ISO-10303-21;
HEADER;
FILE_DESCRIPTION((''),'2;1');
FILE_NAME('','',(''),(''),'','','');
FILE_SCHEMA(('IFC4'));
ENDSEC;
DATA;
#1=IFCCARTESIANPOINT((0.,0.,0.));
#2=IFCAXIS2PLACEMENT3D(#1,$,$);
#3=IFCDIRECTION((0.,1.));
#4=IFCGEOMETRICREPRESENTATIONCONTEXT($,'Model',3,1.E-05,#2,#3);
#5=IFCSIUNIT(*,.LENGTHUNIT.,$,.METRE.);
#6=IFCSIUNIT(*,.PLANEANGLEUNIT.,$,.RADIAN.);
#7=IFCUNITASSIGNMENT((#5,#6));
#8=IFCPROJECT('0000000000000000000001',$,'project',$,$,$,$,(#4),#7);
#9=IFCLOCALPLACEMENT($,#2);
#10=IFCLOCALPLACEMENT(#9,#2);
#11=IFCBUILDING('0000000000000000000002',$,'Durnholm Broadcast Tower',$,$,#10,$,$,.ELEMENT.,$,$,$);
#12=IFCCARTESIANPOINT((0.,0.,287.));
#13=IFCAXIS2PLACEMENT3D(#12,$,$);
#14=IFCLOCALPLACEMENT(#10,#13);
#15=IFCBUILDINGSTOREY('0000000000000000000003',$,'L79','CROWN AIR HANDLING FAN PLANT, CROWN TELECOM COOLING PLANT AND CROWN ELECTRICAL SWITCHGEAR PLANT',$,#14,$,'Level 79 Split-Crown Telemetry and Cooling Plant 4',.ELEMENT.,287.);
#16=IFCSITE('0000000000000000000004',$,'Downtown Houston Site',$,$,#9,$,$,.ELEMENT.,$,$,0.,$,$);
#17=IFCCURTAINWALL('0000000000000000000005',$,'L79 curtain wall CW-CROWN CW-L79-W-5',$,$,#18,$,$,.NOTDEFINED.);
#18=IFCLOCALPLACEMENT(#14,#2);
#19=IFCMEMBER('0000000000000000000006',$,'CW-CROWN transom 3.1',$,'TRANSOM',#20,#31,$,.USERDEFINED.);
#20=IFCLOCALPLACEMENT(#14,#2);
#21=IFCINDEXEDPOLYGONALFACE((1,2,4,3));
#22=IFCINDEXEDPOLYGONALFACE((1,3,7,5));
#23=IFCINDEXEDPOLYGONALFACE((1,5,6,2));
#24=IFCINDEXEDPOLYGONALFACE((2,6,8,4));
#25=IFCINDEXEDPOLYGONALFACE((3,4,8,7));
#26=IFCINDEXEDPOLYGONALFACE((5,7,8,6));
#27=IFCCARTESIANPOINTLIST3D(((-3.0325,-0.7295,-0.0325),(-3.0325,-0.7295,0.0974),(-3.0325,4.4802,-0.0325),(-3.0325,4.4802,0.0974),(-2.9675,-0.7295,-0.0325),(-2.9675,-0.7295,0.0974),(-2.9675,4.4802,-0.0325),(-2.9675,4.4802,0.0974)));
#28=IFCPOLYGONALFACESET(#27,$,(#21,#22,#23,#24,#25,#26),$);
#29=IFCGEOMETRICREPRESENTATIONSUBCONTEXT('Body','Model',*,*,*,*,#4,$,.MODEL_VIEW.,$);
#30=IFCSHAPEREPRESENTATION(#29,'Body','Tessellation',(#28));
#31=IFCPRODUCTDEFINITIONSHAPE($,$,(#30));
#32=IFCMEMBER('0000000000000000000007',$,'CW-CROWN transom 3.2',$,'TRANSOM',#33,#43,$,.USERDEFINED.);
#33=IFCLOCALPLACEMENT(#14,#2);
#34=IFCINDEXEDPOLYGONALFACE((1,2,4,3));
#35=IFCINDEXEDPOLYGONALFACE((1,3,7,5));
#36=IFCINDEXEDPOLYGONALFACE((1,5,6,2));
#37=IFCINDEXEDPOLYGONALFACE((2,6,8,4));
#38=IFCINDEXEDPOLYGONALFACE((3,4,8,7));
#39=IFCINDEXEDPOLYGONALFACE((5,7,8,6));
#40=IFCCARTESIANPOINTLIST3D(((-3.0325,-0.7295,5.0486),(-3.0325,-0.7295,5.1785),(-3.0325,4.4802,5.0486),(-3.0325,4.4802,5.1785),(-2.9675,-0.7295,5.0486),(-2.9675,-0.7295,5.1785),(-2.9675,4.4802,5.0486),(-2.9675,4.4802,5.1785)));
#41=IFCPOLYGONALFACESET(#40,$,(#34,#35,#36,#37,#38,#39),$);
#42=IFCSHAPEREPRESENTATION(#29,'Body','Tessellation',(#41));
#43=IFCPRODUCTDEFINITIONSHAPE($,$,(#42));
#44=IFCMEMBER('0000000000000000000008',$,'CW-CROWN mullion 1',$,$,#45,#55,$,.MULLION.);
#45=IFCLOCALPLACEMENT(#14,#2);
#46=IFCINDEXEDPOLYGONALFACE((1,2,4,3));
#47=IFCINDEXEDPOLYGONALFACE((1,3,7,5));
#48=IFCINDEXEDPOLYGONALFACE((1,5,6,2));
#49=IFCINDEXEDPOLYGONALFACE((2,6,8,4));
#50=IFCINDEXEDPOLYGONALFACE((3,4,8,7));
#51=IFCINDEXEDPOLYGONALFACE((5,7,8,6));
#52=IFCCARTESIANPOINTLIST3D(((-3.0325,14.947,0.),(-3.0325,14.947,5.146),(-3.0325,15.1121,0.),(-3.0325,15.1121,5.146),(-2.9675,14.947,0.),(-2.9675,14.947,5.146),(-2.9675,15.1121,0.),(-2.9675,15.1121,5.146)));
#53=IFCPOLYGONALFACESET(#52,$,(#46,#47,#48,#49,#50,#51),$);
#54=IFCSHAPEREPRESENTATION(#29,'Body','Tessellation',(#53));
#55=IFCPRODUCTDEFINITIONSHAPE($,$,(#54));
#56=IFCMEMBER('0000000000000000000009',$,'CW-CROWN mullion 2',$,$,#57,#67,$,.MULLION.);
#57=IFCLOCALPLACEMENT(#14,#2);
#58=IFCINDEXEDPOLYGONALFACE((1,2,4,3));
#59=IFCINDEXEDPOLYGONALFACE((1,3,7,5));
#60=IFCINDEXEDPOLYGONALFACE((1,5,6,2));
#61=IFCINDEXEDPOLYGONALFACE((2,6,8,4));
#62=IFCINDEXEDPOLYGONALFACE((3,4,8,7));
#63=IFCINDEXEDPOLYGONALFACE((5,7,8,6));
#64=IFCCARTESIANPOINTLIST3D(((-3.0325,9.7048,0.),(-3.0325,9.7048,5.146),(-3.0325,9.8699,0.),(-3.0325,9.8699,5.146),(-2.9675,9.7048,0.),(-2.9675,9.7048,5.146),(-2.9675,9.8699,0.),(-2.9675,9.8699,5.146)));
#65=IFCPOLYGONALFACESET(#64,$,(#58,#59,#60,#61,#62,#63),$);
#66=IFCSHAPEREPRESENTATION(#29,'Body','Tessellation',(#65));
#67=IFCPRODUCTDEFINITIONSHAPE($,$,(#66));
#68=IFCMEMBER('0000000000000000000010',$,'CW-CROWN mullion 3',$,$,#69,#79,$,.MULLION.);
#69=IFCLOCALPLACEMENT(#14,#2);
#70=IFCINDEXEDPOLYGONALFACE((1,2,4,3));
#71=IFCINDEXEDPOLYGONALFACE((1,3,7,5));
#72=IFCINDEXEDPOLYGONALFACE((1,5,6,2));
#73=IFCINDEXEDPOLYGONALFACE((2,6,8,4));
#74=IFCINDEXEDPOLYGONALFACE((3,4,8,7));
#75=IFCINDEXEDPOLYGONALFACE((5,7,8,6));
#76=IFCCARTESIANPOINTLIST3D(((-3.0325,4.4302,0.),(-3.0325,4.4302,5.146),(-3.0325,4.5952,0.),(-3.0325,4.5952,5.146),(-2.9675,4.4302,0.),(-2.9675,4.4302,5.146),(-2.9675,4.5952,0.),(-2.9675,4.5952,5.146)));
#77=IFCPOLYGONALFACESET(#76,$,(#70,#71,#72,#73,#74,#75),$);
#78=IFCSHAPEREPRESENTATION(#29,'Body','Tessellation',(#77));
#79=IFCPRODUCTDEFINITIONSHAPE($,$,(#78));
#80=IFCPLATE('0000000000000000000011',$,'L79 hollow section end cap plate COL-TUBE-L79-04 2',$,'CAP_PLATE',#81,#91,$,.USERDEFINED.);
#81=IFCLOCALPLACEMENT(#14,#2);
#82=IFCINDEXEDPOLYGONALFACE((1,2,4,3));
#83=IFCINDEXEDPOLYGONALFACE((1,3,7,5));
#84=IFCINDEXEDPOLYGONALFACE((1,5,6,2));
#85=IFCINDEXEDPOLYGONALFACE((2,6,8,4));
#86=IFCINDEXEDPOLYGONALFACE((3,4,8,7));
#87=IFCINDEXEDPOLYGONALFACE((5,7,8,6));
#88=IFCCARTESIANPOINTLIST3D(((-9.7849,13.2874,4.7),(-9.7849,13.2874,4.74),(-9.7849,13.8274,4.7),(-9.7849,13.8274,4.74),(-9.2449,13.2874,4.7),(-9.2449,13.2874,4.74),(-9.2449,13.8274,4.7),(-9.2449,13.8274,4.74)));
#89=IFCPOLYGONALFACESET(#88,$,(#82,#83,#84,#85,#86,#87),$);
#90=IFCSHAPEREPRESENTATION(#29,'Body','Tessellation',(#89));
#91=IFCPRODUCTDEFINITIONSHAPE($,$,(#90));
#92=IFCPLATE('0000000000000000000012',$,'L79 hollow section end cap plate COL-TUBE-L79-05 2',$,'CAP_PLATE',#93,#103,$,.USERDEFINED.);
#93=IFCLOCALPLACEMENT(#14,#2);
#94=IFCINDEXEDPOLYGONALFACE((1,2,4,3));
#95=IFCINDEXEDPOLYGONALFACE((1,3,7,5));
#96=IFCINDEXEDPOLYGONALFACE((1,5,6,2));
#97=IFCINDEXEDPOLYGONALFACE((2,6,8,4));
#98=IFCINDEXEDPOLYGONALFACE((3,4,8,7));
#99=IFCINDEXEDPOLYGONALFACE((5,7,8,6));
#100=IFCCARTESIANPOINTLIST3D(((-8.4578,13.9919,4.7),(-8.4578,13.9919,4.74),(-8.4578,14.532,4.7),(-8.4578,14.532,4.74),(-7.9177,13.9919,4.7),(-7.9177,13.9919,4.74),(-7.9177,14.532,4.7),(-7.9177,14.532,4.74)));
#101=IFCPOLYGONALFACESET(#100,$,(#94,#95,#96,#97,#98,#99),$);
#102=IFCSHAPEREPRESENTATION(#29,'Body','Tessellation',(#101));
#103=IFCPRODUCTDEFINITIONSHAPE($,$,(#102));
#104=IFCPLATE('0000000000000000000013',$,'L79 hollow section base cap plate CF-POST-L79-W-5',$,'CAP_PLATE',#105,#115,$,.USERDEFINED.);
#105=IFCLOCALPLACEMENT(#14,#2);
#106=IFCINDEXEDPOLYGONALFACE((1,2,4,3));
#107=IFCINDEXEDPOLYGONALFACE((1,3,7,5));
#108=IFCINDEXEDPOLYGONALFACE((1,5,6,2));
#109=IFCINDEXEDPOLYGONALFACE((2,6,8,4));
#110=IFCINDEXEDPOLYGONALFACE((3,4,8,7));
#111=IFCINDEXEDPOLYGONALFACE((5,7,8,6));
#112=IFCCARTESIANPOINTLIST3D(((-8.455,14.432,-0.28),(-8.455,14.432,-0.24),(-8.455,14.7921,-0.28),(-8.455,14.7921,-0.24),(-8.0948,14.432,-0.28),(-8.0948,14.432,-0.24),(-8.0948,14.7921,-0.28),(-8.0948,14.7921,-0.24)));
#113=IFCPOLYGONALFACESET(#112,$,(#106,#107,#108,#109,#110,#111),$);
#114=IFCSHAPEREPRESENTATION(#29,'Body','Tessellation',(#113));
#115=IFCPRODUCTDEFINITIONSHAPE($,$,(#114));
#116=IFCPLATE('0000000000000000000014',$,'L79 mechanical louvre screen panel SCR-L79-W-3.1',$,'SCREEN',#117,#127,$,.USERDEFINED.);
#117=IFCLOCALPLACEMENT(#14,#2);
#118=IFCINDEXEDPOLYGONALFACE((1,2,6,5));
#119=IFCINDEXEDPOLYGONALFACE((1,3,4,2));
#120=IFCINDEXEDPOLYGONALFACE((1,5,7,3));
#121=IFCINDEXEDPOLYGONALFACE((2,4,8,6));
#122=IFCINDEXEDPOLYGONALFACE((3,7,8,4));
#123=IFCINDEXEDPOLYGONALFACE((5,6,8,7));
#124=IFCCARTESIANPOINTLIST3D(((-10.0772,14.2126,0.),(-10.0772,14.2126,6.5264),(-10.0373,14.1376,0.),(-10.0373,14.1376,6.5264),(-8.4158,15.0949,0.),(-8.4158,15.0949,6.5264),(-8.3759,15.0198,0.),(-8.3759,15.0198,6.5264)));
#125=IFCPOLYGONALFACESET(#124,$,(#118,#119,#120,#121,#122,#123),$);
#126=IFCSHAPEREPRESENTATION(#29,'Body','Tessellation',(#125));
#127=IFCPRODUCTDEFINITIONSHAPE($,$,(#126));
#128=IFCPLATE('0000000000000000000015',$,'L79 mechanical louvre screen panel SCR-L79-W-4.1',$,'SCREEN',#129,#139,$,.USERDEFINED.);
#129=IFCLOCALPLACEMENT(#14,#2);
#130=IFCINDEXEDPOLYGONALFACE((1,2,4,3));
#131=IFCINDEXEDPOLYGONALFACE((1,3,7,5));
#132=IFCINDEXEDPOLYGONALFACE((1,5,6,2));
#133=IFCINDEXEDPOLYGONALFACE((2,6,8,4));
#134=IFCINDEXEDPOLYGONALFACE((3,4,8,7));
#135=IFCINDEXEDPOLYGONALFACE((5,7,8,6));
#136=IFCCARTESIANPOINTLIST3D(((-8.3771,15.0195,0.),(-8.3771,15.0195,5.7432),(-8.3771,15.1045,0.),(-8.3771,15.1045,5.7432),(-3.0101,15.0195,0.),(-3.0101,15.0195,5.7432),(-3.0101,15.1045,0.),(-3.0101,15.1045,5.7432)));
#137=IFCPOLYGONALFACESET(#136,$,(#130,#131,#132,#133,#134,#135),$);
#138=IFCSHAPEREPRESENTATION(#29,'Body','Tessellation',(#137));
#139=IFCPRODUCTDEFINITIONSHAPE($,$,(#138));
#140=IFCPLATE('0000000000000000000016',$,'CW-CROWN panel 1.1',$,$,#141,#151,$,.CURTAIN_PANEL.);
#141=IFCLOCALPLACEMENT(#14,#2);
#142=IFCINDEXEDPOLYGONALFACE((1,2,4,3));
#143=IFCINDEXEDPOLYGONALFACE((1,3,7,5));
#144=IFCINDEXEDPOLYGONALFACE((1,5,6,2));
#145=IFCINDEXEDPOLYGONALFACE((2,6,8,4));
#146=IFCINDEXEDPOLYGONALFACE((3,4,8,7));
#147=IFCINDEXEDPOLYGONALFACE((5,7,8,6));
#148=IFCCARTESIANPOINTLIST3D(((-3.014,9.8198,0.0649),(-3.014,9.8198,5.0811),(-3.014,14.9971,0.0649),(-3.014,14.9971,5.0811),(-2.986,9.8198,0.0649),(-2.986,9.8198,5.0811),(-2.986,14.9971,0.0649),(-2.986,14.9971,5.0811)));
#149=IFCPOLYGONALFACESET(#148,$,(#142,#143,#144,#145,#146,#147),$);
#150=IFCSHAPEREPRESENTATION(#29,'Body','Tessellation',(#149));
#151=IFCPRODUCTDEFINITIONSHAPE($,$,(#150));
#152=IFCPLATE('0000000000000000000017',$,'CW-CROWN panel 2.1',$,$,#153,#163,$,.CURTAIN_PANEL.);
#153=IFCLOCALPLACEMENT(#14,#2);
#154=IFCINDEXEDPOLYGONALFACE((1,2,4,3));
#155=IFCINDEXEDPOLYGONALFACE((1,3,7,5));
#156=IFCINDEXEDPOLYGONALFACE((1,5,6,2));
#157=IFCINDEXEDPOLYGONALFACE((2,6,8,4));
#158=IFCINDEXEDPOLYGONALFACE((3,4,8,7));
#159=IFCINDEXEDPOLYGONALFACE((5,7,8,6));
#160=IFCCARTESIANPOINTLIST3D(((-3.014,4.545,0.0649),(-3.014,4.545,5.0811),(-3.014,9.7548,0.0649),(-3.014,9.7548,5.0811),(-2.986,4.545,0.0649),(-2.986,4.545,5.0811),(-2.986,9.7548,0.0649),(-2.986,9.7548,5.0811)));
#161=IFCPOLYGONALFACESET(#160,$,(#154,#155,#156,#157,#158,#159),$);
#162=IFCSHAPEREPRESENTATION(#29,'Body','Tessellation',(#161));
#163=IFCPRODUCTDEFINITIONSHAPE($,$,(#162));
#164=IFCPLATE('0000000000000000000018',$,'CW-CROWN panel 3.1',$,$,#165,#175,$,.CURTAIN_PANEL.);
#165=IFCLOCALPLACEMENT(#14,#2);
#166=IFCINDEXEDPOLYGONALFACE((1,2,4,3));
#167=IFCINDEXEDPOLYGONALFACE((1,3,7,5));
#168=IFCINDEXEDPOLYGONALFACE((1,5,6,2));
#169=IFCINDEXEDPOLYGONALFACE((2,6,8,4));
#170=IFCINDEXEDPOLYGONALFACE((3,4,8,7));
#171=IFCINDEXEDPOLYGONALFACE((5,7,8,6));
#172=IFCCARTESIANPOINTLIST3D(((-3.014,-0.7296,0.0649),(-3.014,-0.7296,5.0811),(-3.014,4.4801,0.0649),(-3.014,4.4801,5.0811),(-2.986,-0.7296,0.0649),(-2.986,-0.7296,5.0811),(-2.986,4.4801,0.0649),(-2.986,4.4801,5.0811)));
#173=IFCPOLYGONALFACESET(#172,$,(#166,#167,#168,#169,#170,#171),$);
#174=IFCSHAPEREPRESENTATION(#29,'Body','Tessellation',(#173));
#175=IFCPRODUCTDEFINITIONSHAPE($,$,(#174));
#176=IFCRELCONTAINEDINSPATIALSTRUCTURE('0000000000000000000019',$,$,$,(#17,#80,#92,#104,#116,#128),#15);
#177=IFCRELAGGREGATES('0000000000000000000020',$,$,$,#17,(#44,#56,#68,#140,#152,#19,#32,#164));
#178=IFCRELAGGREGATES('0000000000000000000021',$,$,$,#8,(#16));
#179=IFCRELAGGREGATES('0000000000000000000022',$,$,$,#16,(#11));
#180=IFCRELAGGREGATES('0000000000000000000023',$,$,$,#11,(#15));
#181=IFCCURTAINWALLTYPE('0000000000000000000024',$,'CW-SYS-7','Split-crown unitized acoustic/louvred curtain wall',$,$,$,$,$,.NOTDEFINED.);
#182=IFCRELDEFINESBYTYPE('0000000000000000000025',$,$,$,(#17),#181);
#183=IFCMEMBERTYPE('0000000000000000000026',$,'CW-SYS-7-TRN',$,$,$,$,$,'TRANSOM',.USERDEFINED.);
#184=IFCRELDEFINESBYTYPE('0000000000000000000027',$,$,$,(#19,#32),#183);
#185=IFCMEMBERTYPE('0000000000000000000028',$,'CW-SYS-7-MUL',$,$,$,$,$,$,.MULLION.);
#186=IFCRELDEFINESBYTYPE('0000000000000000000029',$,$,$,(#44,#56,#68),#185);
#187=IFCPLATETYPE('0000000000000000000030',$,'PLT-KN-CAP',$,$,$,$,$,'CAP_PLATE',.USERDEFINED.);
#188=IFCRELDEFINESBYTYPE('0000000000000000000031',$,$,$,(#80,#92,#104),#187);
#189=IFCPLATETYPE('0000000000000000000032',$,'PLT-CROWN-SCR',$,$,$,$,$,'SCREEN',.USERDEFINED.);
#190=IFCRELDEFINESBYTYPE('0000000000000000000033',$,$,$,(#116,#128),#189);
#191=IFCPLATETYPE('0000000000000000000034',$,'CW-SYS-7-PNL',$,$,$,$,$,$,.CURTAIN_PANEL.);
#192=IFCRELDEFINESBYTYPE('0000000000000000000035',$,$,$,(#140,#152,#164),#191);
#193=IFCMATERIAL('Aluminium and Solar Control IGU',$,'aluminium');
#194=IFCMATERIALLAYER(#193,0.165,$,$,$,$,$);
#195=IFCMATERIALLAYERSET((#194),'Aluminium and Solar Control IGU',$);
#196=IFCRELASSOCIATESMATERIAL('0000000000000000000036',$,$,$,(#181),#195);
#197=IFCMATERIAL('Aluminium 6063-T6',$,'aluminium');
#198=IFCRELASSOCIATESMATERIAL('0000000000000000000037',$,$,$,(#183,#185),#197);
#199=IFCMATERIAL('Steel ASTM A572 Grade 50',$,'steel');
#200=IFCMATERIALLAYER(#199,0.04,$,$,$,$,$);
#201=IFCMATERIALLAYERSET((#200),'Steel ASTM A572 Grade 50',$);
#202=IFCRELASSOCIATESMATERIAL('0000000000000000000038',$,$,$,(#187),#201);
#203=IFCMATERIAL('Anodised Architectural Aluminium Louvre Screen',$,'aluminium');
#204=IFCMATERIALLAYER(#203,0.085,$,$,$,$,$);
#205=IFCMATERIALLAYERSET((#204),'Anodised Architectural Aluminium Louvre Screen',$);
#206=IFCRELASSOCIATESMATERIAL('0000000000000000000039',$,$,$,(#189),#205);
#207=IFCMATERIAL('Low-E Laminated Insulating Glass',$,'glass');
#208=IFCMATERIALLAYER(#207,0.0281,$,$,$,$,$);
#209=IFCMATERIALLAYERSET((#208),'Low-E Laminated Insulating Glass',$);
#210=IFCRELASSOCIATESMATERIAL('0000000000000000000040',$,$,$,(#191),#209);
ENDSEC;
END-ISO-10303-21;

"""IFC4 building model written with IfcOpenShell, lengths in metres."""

from ifc_helpers import new_model, si_unit, direction, frame, origin, origin_2d, place, context, subcontext, project, spatial, rectangle, extrude, source, transform, mapped, material, layer, layer_set, material_profile, profile_set, type_object, type_shapes, element, aggregate, save


model = new_model("IFC4")

# Units and contexts
model_context = context("Model", 3, precision=1e-05, world=origin(), true_north=direction((0.0, 1.0)))
body_context = subcontext(model_context, "Body", "Model", "MODEL_VIEW")
ifc_project = project(units=[si_unit("LENGTHUNIT", "METRE"), si_unit("PLANEANGLEUNIT", "RADIAN")], contexts=[model_context])

# Site, building, storey
site_placement = place(None, origin())
site = spatial("IfcSite", under=ifc_project, at=site_placement, Name="Downtown Houston Site", CompositionType="ELEMENT", RefElevation=0.0)
building_placement = place(site_placement, origin())
building = spatial("IfcBuilding", under=site, at=building_placement, Name="Durnholm Broadcast Tower", CompositionType="ELEMENT")
storey_placement = place(building_placement, frame((0.0, 0.0, 287.0)))
storey = spatial("IfcBuildingStorey", under=building, at=storey_placement, Name="L79", Description="CROWN AIR HANDLING FAN PLANT, CROWN TELECOM COOLING PLANT AND CROWN ELECTRICAL SWITCHGEAR PLANT", LongName="Level 79 Split-Crown Telemetry and Cooling Plant 4", CompositionType="ELEMENT", Elevation=287.0)

# Curtain wall, members
ifc_material_1 = material(Name="Aluminium and Solar Control IGU", Category="aluminium")
ifc_layer_1 = layer(ifc_material_1, 0.165)
ifc_layer_set_1 = layer_set([ifc_layer_1], Name="Aluminium and Solar Control IGU")
curtain_wall_type = type_object("IfcCurtainWallType", Name="CW-SYS-7", Description="Split-crown unitized acoustic/louvred curtain wall", PredefinedType="NOTDEFINED", material=ifc_layer_set_1)
curtain_wall_placement = place(storey_placement, origin())
curtain_wall = element("IfcCurtainWall", 1, at=curtain_wall_placement, inside=storey, type_object=curtain_wall_type, Name="L79 curtain wall CW-CROWN CW-L79-W-5", PredefinedType="NOTDEFINED")
ifc_material_2 = material(Name="Aluminium 6063-T6", Category="aluminium")
ifc_material_profile_1 = material_profile(ifc_material_2, rectangle(XDim=0.0649, YDim=0.1299, at=origin_2d()), Name="CWT65X130")
ifc_profile_set_1 = profile_set([ifc_material_profile_1], Name="Aluminium 6063-T6")
member_type_1 = type_object("IfcMemberType", Name="CW-SYS-7-TRN", ElementType="TRANSOM", PredefinedType="USERDEFINED", material=ifc_profile_set_1)
shared_shape_1 = source(origin(), body_context, "Body", "SweptSolid", [
    extrude(rectangle(XDim=0.0649, YDim=0.1299, at=origin_2d()), origin(), (0.0, 0.0, 1.0), 5.2097),
])
member_1_placement = place(storey_placement, frame((-3.0, 4.4802, 0.0325), z_axis=(0.0, -1.0, 0.0), x_axis=(1.0, 0.0, 0.0)))
member_1 = element("IfcMember", 2, at=member_1_placement, type_object=member_type_1, Name="CW-CROWN transom 3.1", ObjectType="TRANSOM", PredefinedType="USERDEFINED", context=body_context, shape_type="MappedRepresentation", body=[
    mapped(shared_shape_1, transform((0.0, 0.0, 0.0), x_axis=(1.0, 0.0, 0.0), y_axis=(0.0, 1.0, 0.0), z_axis=(0.0, 0.0, 1.0), scale=1.0)),
])
member_2_placement = place(storey_placement, frame((-3.0, 4.4802, 5.1135), z_axis=(0.0, -1.0, 0.0), x_axis=(1.0, 0.0, 0.0)))
member_2 = element("IfcMember", 3, at=member_2_placement, type_object=member_type_1, Name="CW-CROWN transom 3.2", ObjectType="TRANSOM", PredefinedType="USERDEFINED", context=body_context, shape_type="MappedRepresentation", body=[
    mapped(shared_shape_1, transform((0.0, 0.0, 0.0), x_axis=(1.0, 0.0, 0.0), y_axis=(0.0, 1.0, 0.0), z_axis=(0.0, 0.0, 1.0), scale=1.0)),
])
ifc_material_profile_2 = material_profile(ifc_material_2, rectangle(XDim=0.0649, YDim=0.165, at=origin_2d()), Name="CWM65X165")
ifc_profile_set_2 = profile_set([ifc_material_profile_2], Name="Aluminium 6063-T6")
member_type_2 = type_object("IfcMemberType", Name="CW-SYS-7-MUL", PredefinedType="MULLION", material=ifc_profile_set_2)
shared_shape_2 = source(origin(), body_context, "Body", "SweptSolid", [
    extrude(rectangle(XDim=0.0649, YDim=0.165, at=origin_2d()), origin(), (0.0, 0.0, 1.0), 5.146),
])
type_shapes(member_type_2, [shared_shape_2])
member_3_placement = place(storey_placement, frame((-3.0, 15.0295, 0.0), z_axis=(0.0, 0.0, 1.0), x_axis=(1.0, 0.0, 0.0)))
member_3 = element("IfcMember", 4, at=member_3_placement, type_object=member_type_2, Name="CW-CROWN mullion 1", PredefinedType="MULLION", context=body_context, shape_type="MappedRepresentation", body=[
    mapped(shared_shape_2, transform((0.0, 0.0, 0.0), x_axis=(1.0, 0.0, 0.0), y_axis=(0.0, 1.0, 0.0), z_axis=(0.0, 0.0, 1.0), scale=1.0)),
])
member_4_placement = place(storey_placement, frame((-3.0, 9.7874, 0.0), z_axis=(0.0, 0.0, 1.0), x_axis=(1.0, 0.0, 0.0)))
member_4 = element("IfcMember", 5, at=member_4_placement, type_object=member_type_2, Name="CW-CROWN mullion 2", PredefinedType="MULLION", context=body_context, shape_type="MappedRepresentation", body=[
    mapped(shared_shape_2, transform((0.0, 0.0, 0.0), x_axis=(1.0, 0.0, 0.0), y_axis=(0.0, 1.0, 0.0), z_axis=(0.0, 0.0, 1.0), scale=1.0)),
])
member_5_placement = place(storey_placement, frame((-3.0, 4.5127, 0.0), z_axis=(0.0, 0.0, 1.0), x_axis=(1.0, 0.0, 0.0)))
member_5 = element("IfcMember", 6, at=member_5_placement, type_object=member_type_2, Name="CW-CROWN mullion 3", PredefinedType="MULLION", context=body_context, shape_type="MappedRepresentation", body=[
    mapped(shared_shape_2, transform((0.0, 0.0, 0.0), x_axis=(1.0, 0.0, 0.0), y_axis=(0.0, 1.0, 0.0), z_axis=(0.0, 0.0, 1.0), scale=1.0)),
])

# Plates
ifc_material_3 = material(Name="Steel ASTM A572 Grade 50", Category="steel")
ifc_layer_2 = layer(ifc_material_3, 0.04)
ifc_layer_set_2 = layer_set([ifc_layer_2], Name="Steel ASTM A572 Grade 50")
plate_type_1 = type_object("IfcPlateType", Name="PLT-KN-CAP", ElementType="CAP_PLATE", PredefinedType="USERDEFINED", material=ifc_layer_set_2)
shared_shape_3 = source(origin(), body_context, "Body", "SweptSolid", [
    extrude(rectangle(XDim=0.54, YDim=0.54, at=origin_2d()), origin(), (0.0, 0.0, 1.0), 0.04),
])
for number, where, z_axis, x_axis, name in (
    (7, (-9.5149, 13.5574, 4.7), (0.0, 0.0, 1.0), (1.0, 0.0, 0.0), "L79 hollow section end cap plate COL-TUBE-L79-04 2"),
    (8, (-8.1877, 14.262, 4.7), (0.0, 0.0, 1.0), (1.0, 0.0, 0.0), "L79 hollow section end cap plate COL-TUBE-L79-05 2"),
):
    element("IfcPlate", number, at=place(storey_placement, frame(where, z_axis=z_axis, x_axis=x_axis)), inside=storey, type_object=plate_type_1, Name=name, ObjectType="CAP_PLATE", PredefinedType="USERDEFINED", context=body_context, shape_type="MappedRepresentation", body=[
        mapped(shared_shape_3, transform((0.0, 0.0, 0.0), x_axis=(1.0, 0.0, 0.0), y_axis=(0.0, 1.0, 0.0), z_axis=(0.0, 0.0, 1.0), scale=1.0)),
    ])
shared_shape_4 = source(origin(), body_context, "Body", "SweptSolid", [
    extrude(rectangle(XDim=0.3601, YDim=0.3601, at=origin_2d()), origin(), (0.0, 0.0, 1.0), 0.04),
])
type_shapes(plate_type_1, [shared_shape_3, shared_shape_4])
plate_1_placement = place(storey_placement, frame((-8.2749, 14.6121, -0.28), z_axis=(0.0, 0.0, 1.0), x_axis=(1.0, 0.0, 0.0)))
element("IfcPlate", 9, at=plate_1_placement, inside=storey, type_object=plate_type_1, Name="L79 hollow section base cap plate CF-POST-L79-W-5", ObjectType="CAP_PLATE", PredefinedType="USERDEFINED", context=body_context, shape_type="MappedRepresentation", body=[
    mapped(shared_shape_4, transform((0.0, 0.0, 0.0), x_axis=(1.0, 0.0, 0.0), y_axis=(0.0, 1.0, 0.0), z_axis=(0.0, 0.0, 1.0), scale=1.0)),
])
ifc_material_4 = material(Name="Anodised Architectural Aluminium Louvre Screen", Category="aluminium")
ifc_layer_3 = layer(ifc_material_4, 0.085)
ifc_layer_set_3 = layer_set([ifc_layer_3], Name="Anodised Architectural Aluminium Louvre Screen")
plate_type_2 = type_object("IfcPlateType", Name="PLT-CROWN-SCR", ElementType="SCREEN", PredefinedType="USERDEFINED", material=ifc_layer_set_3)
shared_shape_5 = source(origin(), body_context, "Body", "SweptSolid", [
    extrude(rectangle(XDim=1.8811, YDim=0.085, at=origin_2d()), origin(), (0.0, 0.0, 1.0), 6.5264),
])
plate_2_placement = place(storey_placement, frame((-9.2266, 14.6162, 0.0), z_axis=(0.0, 0.0, 1.0), x_axis=(0.883193, 0.469009, 0.0)))
element("IfcPlate", 10, at=plate_2_placement, inside=storey, type_object=plate_type_2, Name="L79 mechanical louvre screen panel SCR-L79-W-3.1", ObjectType="SCREEN", PredefinedType="USERDEFINED", context=body_context, shape_type="MappedRepresentation", body=[
    mapped(shared_shape_5, transform((0.0, 0.0, 0.0), x_axis=(1.0, 0.0, 0.0), y_axis=(0.0, 1.0, 0.0), z_axis=(0.0, 0.0, 1.0), scale=1.0)),
])
shared_shape_6 = source(origin(), body_context, "Body", "SweptSolid", [
    extrude(rectangle(XDim=5.3669, YDim=0.085, at=origin_2d()), origin(), (0.0, 0.0, 1.0), 5.7432),
])
type_shapes(plate_type_2, [shared_shape_5, shared_shape_6])
plate_3_placement = place(storey_placement, frame((-5.6936, 15.062, 0.0), z_axis=(0.0, 0.0, 1.0), x_axis=(1.0, 0.0, 0.0)))
element("IfcPlate", 11, at=plate_3_placement, inside=storey, type_object=plate_type_2, Name="L79 mechanical louvre screen panel SCR-L79-W-4.1", ObjectType="SCREEN", PredefinedType="USERDEFINED", context=body_context, shape_type="MappedRepresentation", body=[
    mapped(shared_shape_6, transform((0.0, 0.0, 0.0), x_axis=(1.0, 0.0, 0.0), y_axis=(0.0, 1.0, 0.0), z_axis=(0.0, 0.0, 1.0), scale=1.0)),
])

# Plates
ifc_material_5 = material(Name="Low-E Laminated Insulating Glass", Category="glass")
ifc_layer_4 = layer(ifc_material_5, 0.0281)
ifc_layer_set_4 = layer_set([ifc_layer_4], Name="Low-E Laminated Insulating Glass")
plate_type_3 = type_object("IfcPlateType", Name="CW-SYS-7-PNL", PredefinedType="CURTAIN_PANEL", material=ifc_layer_set_4)
shared_shape_7 = source(origin(), body_context, "Body", "SweptSolid", [
    extrude(rectangle(XDim=5.1772, YDim=0.0281, at=origin_2d()), origin(), (0.0, 0.0, 1.0), 5.0161),
])
plate_4_placement = place(storey_placement, frame((-3.0, 12.4084, 0.0649), z_axis=(0.0, 0.0, 1.0), x_axis=(0.0, -1.0, 0.0)))
plate_4 = element("IfcPlate", 12, at=plate_4_placement, type_object=plate_type_3, Name="CW-CROWN panel 1.1", PredefinedType="CURTAIN_PANEL", context=body_context, shape_type="MappedRepresentation", body=[
    mapped(shared_shape_7, transform((0.0, 0.0, 0.0), x_axis=(1.0, 0.0, 0.0), y_axis=(0.0, 1.0, 0.0), z_axis=(0.0, 0.0, 1.0), scale=1.0)),
])
shared_shape_8 = source(origin(), body_context, "Body", "SweptSolid", [
    extrude(rectangle(XDim=5.2097, YDim=0.0281, at=origin_2d()), origin(), (0.0, 0.0, 1.0), 5.0161),
])
type_shapes(plate_type_3, [shared_shape_7, shared_shape_8])
plate_5_placement = place(storey_placement, frame((-3.0, 7.1499, 0.0649), z_axis=(0.0, 0.0, 1.0), x_axis=(0.0, -1.0, 0.0)))
plate_5 = element("IfcPlate", 13, at=plate_5_placement, type_object=plate_type_3, Name="CW-CROWN panel 2.1", PredefinedType="CURTAIN_PANEL", context=body_context, shape_type="MappedRepresentation", body=[
    mapped(shared_shape_8, transform((0.0, 0.0, 0.0), x_axis=(1.0, 0.0, 0.0), y_axis=(0.0, 1.0, 0.0), z_axis=(0.0, 0.0, 1.0), scale=1.0)),
])
plate_6_placement = place(storey_placement, frame((-3.0, 1.8752, 0.0649), z_axis=(0.0, 0.0, 1.0), x_axis=(0.0, -1.0, 0.0)))
plate_6 = element("IfcPlate", 14, at=plate_6_placement, type_object=plate_type_3, Name="CW-CROWN panel 3.1", PredefinedType="CURTAIN_PANEL", context=body_context, shape_type="MappedRepresentation", body=[
    mapped(shared_shape_8, transform((0.0, 0.0, 0.0), x_axis=(1.0, 0.0, 0.0), y_axis=(0.0, 1.0, 0.0), z_axis=(0.0, 0.0, 1.0), scale=1.0)),
])
aggregate(curtain_wall, [member_3, member_4, member_5, plate_4, plate_5, member_1, member_2, plate_6])

save(model, "model.ifc")
